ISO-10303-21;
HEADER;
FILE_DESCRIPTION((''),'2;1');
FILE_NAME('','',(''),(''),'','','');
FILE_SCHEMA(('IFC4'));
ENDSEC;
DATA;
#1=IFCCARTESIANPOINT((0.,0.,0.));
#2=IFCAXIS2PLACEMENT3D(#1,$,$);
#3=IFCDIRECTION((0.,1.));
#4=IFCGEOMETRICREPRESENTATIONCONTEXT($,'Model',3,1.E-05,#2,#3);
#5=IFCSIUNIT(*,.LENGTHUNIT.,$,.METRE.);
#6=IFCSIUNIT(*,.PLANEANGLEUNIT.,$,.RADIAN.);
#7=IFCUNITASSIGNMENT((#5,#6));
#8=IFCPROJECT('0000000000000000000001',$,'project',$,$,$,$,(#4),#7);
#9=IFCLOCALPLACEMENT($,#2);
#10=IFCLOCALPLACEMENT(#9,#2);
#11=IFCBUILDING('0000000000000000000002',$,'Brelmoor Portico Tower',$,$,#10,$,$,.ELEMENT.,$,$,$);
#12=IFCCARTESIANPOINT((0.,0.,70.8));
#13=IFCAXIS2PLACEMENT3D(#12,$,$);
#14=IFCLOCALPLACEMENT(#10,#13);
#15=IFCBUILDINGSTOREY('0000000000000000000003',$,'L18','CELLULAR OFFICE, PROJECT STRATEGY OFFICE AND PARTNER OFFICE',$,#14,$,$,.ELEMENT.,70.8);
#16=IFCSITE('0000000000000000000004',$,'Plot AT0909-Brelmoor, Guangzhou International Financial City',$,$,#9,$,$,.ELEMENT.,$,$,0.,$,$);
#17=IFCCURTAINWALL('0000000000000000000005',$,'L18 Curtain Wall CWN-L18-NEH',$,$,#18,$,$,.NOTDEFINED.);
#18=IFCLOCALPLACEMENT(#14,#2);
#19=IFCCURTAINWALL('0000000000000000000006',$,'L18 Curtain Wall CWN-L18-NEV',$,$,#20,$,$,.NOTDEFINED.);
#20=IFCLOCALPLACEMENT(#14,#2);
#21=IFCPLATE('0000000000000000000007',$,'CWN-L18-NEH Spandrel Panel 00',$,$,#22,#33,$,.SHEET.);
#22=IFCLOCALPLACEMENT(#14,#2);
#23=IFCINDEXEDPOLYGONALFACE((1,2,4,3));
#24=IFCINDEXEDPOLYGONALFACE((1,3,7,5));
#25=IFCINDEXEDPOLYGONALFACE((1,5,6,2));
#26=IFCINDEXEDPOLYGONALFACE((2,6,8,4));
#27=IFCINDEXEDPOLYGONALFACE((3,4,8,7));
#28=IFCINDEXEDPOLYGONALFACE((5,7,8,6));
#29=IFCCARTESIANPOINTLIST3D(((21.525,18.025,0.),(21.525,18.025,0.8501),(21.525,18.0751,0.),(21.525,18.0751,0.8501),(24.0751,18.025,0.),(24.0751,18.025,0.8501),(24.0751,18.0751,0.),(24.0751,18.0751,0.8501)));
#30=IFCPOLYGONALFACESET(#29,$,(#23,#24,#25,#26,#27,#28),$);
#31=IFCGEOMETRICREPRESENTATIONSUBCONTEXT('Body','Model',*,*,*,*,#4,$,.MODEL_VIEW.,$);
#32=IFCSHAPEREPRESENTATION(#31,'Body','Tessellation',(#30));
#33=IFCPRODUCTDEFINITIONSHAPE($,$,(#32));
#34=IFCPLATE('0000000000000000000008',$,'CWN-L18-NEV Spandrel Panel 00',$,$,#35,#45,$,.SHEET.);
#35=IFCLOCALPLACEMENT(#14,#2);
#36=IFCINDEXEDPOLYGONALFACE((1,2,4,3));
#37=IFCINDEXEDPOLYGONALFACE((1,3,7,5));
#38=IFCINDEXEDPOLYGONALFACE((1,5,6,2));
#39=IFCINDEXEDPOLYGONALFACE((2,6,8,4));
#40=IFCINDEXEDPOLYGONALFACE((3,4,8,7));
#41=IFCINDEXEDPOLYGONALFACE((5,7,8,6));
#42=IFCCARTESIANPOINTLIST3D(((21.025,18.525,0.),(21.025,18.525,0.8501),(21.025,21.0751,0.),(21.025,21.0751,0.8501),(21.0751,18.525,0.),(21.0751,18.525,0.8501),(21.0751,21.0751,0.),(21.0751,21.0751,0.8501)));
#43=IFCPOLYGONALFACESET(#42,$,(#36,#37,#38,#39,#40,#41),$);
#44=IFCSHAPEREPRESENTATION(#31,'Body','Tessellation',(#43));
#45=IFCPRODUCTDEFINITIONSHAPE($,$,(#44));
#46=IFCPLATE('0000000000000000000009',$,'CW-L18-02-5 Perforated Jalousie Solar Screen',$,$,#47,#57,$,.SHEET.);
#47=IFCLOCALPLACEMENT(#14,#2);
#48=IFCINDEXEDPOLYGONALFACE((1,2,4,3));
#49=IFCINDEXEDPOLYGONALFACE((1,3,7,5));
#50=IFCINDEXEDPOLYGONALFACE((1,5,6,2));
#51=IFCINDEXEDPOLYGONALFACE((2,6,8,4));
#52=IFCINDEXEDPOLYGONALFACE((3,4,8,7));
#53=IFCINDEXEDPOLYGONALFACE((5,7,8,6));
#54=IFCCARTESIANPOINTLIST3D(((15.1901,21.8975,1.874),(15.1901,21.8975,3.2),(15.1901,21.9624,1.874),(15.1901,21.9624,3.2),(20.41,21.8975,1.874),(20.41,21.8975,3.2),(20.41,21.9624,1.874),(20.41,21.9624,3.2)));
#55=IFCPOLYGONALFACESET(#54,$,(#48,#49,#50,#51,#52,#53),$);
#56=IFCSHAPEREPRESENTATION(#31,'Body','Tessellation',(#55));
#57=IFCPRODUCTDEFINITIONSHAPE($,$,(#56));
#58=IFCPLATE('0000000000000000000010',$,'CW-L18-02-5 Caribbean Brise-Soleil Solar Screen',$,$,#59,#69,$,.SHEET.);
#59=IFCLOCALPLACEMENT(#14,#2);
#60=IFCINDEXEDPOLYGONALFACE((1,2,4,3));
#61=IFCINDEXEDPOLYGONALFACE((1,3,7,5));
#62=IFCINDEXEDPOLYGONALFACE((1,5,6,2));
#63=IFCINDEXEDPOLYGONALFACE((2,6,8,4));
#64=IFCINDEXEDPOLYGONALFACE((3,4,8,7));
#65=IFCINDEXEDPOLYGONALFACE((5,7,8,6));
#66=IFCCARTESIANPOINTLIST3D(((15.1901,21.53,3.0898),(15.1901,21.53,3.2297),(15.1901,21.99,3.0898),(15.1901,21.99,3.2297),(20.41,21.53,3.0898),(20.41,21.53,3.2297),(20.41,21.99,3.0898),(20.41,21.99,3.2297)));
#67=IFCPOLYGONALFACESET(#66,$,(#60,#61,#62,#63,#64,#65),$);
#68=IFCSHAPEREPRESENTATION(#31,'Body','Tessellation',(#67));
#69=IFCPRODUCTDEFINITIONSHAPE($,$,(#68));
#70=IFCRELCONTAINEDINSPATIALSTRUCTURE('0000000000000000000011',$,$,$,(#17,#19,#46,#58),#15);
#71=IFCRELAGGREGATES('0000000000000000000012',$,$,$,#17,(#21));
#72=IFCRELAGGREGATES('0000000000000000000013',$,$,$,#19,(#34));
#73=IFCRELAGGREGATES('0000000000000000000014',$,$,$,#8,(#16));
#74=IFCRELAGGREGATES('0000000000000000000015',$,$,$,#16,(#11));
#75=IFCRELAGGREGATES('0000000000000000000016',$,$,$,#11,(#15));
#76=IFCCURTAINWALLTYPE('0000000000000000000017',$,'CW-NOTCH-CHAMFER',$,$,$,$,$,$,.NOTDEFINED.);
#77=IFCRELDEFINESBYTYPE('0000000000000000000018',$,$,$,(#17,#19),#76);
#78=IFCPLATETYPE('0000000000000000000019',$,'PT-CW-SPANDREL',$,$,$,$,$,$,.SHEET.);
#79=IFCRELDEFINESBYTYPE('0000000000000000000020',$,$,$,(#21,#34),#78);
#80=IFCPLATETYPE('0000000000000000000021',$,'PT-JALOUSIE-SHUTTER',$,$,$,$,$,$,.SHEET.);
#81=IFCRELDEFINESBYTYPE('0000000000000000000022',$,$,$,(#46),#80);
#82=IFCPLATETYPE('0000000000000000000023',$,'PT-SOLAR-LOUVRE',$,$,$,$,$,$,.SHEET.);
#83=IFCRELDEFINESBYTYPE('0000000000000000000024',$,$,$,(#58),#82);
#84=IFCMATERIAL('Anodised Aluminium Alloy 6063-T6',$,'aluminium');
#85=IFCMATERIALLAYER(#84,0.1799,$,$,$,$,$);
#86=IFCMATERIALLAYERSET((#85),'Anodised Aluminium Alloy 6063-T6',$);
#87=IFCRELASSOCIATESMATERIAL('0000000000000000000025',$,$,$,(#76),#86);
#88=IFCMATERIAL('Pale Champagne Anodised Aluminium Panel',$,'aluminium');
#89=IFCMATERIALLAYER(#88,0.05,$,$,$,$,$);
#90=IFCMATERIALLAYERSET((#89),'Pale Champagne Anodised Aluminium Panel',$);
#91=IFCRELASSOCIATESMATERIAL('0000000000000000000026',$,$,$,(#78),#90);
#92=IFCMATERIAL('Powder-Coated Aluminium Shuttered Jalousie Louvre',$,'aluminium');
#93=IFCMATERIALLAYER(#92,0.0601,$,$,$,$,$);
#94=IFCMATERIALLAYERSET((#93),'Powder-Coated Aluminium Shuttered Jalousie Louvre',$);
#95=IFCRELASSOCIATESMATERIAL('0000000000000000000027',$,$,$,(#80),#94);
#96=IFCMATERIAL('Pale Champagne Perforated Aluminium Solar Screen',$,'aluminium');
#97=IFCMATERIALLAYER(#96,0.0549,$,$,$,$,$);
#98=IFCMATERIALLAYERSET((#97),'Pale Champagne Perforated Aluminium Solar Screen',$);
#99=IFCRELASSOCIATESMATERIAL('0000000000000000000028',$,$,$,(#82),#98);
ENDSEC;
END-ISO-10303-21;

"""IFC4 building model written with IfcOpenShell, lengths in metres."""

from ifc_helpers import new_model, si_unit, direction, frame, origin, origin_2d, place, context, subcontext, project, spatial, rectangle, extrude, material, layer, layer_set, type_object, element, aggregate, save


model = new_model("IFC4")

# Units and contexts
model_context = context("Model", 3, precision=1e-05, world=origin(), true_north=direction((0.0, 1.0)))
body_context = subcontext(model_context, "Body", "Model", "MODEL_VIEW")
ifc_project = project(units=[si_unit("LENGTHUNIT", "METRE"), si_unit("PLANEANGLEUNIT", "RADIAN")], contexts=[model_context])

# Site, building, storey
site_placement = place(None, origin())
site = spatial("IfcSite", under=ifc_project, at=site_placement, Name="Plot AT0909-Brelmoor, Guangzhou International Financial City", CompositionType="ELEMENT", RefElevation=0.0)
building_placement = place(site_placement, origin())
building = spatial("IfcBuilding", under=site, at=building_placement, Name="Brelmoor Portico Tower", CompositionType="ELEMENT")
storey_placement = place(building_placement, frame((0.0, 0.0, 70.8)))
storey = spatial("IfcBuildingStorey", under=building, at=storey_placement, Name="L18", Description="CELLULAR OFFICE, PROJECT STRATEGY OFFICE AND PARTNER OFFICE", CompositionType="ELEMENT", Elevation=70.8)

# Curtain walls
ifc_material_1 = material(Name="Anodised Aluminium Alloy 6063-T6", Category="aluminium")
ifc_layer_1 = layer(ifc_material_1, 0.1799)
ifc_layer_set_1 = layer_set([ifc_layer_1], Name="Anodised Aluminium Alloy 6063-T6")
curtain_wall_type_1 = type_object("IfcCurtainWallType", Name="CW-NOTCH-CHAMFER", PredefinedType="NOTDEFINED", material=ifc_layer_set_1)
curtain_wall_1_placement = place(storey_placement, origin())
curtain_wall_1 = element("IfcCurtainWall", 1, at=curtain_wall_1_placement, inside=storey, type_object=curtain_wall_type_1, Name="L18 Curtain Wall CWN-L18-NEH", PredefinedType="NOTDEFINED")
curtain_wall_2_placement = place(storey_placement, origin())
curtain_wall_2 = element("IfcCurtainWall", 2, at=curtain_wall_2_placement, inside=storey, type_object=curtain_wall_type_1, Name="L18 Curtain Wall CWN-L18-NEV", PredefinedType="NOTDEFINED")

# Plates
ifc_material_2 = material(Name="Pale Champagne Anodised Aluminium Panel", Category="aluminium")
ifc_layer_2 = layer(ifc_material_2, 0.05)
ifc_layer_set_2 = layer_set([ifc_layer_2], Name="Pale Champagne Anodised Aluminium Panel")
plate_type_1 = type_object("IfcPlateType", Name="PT-CW-SPANDREL", PredefinedType="SHEET", material=ifc_layer_set_2)
plate_1_placement = place(storey_placement, frame((22.8, 18.05, 0.0), z_axis=(0.0, 0.0, 1.0), x_axis=(1.0, 0.0, 0.0)))
plate_1 = element("IfcPlate", 3, at=plate_1_placement, type_object=plate_type_1, Name="CWN-L18-NEH Spandrel Panel 00", PredefinedType="SHEET", context=body_context, shape_type="SweptSolid", body=[
    extrude(rectangle(XDim=2.55, YDim=0.05, at=origin_2d()), origin(), (0.0, 0.0, 1.0), 0.8501),
])
aggregate(curtain_wall_1, [plate_1])
plate_2_placement = place(storey_placement, frame((21.05, 19.8, 0.0), z_axis=(0.0, 0.0, 1.0), x_axis=(0.0, 1.0, 0.0)))
plate_2 = element("IfcPlate", 4, at=plate_2_placement, type_object=plate_type_1, Name="CWN-L18-NEV Spandrel Panel 00", PredefinedType="SHEET", context=body_context, shape_type="SweptSolid", body=[
    extrude(rectangle(XDim=2.55, YDim=0.05, at=origin_2d()), origin(), (0.0, 0.0, 1.0), 0.8501),
])
aggregate(curtain_wall_2, [plate_2])

# Plates
ifc_material_3 = material(Name="Powder-Coated Aluminium Shuttered Jalousie Louvre", Category="aluminium")
ifc_layer_3 = layer(ifc_material_3, 0.0601)
ifc_layer_set_3 = layer_set([ifc_layer_3], Name="Powder-Coated Aluminium Shuttered Jalousie Louvre")
plate_type_2 = type_object("IfcPlateType", Name="PT-JALOUSIE-SHUTTER", PredefinedType="SHEET", material=ifc_layer_set_3)
plate_3_placement = place(storey_placement, frame((17.8, 21.9299, 1.874), z_axis=(0.0, 0.0, 1.0), x_axis=(1.0, 0.0, 0.0)))
element("IfcPlate", 5, at=plate_3_placement, inside=storey, type_object=plate_type_2, Name="CW-L18-02-5 Perforated Jalousie Solar Screen", PredefinedType="SHEET", context=body_context, shape_type="SweptSolid", body=[
    extrude(rectangle(XDim=5.22, YDim=0.0649, at=origin_2d()), origin(), (0.0, 0.0, 1.0), 1.3259),
])
ifc_material_4 = material(Name="Pale Champagne Perforated Aluminium Solar Screen", Category="aluminium")
ifc_layer_4 = layer(ifc_material_4, 0.0549)
ifc_layer_set_4 = layer_set([ifc_layer_4], Name="Pale Champagne Perforated Aluminium Solar Screen")
plate_type_3 = type_object("IfcPlateType", Name="PT-SOLAR-LOUVRE", PredefinedType="SHEET", material=ifc_layer_set_4)
plate_4_placement = place(storey_placement, frame((17.8, 21.76, 3.0898), z_axis=(0.0, 0.0, 1.0), x_axis=(1.0, 0.0, 0.0)))
element("IfcPlate", 6, at=plate_4_placement, inside=storey, type_object=plate_type_3, Name="CW-L18-02-5 Caribbean Brise-Soleil Solar Screen", PredefinedType="SHEET", context=body_context, shape_type="SweptSolid", body=[
    extrude(rectangle(XDim=5.22, YDim=0.46, at=origin_2d()), origin(), (0.0, 0.0, 1.0), 0.1399),
])

save(model, "model.ifc")
